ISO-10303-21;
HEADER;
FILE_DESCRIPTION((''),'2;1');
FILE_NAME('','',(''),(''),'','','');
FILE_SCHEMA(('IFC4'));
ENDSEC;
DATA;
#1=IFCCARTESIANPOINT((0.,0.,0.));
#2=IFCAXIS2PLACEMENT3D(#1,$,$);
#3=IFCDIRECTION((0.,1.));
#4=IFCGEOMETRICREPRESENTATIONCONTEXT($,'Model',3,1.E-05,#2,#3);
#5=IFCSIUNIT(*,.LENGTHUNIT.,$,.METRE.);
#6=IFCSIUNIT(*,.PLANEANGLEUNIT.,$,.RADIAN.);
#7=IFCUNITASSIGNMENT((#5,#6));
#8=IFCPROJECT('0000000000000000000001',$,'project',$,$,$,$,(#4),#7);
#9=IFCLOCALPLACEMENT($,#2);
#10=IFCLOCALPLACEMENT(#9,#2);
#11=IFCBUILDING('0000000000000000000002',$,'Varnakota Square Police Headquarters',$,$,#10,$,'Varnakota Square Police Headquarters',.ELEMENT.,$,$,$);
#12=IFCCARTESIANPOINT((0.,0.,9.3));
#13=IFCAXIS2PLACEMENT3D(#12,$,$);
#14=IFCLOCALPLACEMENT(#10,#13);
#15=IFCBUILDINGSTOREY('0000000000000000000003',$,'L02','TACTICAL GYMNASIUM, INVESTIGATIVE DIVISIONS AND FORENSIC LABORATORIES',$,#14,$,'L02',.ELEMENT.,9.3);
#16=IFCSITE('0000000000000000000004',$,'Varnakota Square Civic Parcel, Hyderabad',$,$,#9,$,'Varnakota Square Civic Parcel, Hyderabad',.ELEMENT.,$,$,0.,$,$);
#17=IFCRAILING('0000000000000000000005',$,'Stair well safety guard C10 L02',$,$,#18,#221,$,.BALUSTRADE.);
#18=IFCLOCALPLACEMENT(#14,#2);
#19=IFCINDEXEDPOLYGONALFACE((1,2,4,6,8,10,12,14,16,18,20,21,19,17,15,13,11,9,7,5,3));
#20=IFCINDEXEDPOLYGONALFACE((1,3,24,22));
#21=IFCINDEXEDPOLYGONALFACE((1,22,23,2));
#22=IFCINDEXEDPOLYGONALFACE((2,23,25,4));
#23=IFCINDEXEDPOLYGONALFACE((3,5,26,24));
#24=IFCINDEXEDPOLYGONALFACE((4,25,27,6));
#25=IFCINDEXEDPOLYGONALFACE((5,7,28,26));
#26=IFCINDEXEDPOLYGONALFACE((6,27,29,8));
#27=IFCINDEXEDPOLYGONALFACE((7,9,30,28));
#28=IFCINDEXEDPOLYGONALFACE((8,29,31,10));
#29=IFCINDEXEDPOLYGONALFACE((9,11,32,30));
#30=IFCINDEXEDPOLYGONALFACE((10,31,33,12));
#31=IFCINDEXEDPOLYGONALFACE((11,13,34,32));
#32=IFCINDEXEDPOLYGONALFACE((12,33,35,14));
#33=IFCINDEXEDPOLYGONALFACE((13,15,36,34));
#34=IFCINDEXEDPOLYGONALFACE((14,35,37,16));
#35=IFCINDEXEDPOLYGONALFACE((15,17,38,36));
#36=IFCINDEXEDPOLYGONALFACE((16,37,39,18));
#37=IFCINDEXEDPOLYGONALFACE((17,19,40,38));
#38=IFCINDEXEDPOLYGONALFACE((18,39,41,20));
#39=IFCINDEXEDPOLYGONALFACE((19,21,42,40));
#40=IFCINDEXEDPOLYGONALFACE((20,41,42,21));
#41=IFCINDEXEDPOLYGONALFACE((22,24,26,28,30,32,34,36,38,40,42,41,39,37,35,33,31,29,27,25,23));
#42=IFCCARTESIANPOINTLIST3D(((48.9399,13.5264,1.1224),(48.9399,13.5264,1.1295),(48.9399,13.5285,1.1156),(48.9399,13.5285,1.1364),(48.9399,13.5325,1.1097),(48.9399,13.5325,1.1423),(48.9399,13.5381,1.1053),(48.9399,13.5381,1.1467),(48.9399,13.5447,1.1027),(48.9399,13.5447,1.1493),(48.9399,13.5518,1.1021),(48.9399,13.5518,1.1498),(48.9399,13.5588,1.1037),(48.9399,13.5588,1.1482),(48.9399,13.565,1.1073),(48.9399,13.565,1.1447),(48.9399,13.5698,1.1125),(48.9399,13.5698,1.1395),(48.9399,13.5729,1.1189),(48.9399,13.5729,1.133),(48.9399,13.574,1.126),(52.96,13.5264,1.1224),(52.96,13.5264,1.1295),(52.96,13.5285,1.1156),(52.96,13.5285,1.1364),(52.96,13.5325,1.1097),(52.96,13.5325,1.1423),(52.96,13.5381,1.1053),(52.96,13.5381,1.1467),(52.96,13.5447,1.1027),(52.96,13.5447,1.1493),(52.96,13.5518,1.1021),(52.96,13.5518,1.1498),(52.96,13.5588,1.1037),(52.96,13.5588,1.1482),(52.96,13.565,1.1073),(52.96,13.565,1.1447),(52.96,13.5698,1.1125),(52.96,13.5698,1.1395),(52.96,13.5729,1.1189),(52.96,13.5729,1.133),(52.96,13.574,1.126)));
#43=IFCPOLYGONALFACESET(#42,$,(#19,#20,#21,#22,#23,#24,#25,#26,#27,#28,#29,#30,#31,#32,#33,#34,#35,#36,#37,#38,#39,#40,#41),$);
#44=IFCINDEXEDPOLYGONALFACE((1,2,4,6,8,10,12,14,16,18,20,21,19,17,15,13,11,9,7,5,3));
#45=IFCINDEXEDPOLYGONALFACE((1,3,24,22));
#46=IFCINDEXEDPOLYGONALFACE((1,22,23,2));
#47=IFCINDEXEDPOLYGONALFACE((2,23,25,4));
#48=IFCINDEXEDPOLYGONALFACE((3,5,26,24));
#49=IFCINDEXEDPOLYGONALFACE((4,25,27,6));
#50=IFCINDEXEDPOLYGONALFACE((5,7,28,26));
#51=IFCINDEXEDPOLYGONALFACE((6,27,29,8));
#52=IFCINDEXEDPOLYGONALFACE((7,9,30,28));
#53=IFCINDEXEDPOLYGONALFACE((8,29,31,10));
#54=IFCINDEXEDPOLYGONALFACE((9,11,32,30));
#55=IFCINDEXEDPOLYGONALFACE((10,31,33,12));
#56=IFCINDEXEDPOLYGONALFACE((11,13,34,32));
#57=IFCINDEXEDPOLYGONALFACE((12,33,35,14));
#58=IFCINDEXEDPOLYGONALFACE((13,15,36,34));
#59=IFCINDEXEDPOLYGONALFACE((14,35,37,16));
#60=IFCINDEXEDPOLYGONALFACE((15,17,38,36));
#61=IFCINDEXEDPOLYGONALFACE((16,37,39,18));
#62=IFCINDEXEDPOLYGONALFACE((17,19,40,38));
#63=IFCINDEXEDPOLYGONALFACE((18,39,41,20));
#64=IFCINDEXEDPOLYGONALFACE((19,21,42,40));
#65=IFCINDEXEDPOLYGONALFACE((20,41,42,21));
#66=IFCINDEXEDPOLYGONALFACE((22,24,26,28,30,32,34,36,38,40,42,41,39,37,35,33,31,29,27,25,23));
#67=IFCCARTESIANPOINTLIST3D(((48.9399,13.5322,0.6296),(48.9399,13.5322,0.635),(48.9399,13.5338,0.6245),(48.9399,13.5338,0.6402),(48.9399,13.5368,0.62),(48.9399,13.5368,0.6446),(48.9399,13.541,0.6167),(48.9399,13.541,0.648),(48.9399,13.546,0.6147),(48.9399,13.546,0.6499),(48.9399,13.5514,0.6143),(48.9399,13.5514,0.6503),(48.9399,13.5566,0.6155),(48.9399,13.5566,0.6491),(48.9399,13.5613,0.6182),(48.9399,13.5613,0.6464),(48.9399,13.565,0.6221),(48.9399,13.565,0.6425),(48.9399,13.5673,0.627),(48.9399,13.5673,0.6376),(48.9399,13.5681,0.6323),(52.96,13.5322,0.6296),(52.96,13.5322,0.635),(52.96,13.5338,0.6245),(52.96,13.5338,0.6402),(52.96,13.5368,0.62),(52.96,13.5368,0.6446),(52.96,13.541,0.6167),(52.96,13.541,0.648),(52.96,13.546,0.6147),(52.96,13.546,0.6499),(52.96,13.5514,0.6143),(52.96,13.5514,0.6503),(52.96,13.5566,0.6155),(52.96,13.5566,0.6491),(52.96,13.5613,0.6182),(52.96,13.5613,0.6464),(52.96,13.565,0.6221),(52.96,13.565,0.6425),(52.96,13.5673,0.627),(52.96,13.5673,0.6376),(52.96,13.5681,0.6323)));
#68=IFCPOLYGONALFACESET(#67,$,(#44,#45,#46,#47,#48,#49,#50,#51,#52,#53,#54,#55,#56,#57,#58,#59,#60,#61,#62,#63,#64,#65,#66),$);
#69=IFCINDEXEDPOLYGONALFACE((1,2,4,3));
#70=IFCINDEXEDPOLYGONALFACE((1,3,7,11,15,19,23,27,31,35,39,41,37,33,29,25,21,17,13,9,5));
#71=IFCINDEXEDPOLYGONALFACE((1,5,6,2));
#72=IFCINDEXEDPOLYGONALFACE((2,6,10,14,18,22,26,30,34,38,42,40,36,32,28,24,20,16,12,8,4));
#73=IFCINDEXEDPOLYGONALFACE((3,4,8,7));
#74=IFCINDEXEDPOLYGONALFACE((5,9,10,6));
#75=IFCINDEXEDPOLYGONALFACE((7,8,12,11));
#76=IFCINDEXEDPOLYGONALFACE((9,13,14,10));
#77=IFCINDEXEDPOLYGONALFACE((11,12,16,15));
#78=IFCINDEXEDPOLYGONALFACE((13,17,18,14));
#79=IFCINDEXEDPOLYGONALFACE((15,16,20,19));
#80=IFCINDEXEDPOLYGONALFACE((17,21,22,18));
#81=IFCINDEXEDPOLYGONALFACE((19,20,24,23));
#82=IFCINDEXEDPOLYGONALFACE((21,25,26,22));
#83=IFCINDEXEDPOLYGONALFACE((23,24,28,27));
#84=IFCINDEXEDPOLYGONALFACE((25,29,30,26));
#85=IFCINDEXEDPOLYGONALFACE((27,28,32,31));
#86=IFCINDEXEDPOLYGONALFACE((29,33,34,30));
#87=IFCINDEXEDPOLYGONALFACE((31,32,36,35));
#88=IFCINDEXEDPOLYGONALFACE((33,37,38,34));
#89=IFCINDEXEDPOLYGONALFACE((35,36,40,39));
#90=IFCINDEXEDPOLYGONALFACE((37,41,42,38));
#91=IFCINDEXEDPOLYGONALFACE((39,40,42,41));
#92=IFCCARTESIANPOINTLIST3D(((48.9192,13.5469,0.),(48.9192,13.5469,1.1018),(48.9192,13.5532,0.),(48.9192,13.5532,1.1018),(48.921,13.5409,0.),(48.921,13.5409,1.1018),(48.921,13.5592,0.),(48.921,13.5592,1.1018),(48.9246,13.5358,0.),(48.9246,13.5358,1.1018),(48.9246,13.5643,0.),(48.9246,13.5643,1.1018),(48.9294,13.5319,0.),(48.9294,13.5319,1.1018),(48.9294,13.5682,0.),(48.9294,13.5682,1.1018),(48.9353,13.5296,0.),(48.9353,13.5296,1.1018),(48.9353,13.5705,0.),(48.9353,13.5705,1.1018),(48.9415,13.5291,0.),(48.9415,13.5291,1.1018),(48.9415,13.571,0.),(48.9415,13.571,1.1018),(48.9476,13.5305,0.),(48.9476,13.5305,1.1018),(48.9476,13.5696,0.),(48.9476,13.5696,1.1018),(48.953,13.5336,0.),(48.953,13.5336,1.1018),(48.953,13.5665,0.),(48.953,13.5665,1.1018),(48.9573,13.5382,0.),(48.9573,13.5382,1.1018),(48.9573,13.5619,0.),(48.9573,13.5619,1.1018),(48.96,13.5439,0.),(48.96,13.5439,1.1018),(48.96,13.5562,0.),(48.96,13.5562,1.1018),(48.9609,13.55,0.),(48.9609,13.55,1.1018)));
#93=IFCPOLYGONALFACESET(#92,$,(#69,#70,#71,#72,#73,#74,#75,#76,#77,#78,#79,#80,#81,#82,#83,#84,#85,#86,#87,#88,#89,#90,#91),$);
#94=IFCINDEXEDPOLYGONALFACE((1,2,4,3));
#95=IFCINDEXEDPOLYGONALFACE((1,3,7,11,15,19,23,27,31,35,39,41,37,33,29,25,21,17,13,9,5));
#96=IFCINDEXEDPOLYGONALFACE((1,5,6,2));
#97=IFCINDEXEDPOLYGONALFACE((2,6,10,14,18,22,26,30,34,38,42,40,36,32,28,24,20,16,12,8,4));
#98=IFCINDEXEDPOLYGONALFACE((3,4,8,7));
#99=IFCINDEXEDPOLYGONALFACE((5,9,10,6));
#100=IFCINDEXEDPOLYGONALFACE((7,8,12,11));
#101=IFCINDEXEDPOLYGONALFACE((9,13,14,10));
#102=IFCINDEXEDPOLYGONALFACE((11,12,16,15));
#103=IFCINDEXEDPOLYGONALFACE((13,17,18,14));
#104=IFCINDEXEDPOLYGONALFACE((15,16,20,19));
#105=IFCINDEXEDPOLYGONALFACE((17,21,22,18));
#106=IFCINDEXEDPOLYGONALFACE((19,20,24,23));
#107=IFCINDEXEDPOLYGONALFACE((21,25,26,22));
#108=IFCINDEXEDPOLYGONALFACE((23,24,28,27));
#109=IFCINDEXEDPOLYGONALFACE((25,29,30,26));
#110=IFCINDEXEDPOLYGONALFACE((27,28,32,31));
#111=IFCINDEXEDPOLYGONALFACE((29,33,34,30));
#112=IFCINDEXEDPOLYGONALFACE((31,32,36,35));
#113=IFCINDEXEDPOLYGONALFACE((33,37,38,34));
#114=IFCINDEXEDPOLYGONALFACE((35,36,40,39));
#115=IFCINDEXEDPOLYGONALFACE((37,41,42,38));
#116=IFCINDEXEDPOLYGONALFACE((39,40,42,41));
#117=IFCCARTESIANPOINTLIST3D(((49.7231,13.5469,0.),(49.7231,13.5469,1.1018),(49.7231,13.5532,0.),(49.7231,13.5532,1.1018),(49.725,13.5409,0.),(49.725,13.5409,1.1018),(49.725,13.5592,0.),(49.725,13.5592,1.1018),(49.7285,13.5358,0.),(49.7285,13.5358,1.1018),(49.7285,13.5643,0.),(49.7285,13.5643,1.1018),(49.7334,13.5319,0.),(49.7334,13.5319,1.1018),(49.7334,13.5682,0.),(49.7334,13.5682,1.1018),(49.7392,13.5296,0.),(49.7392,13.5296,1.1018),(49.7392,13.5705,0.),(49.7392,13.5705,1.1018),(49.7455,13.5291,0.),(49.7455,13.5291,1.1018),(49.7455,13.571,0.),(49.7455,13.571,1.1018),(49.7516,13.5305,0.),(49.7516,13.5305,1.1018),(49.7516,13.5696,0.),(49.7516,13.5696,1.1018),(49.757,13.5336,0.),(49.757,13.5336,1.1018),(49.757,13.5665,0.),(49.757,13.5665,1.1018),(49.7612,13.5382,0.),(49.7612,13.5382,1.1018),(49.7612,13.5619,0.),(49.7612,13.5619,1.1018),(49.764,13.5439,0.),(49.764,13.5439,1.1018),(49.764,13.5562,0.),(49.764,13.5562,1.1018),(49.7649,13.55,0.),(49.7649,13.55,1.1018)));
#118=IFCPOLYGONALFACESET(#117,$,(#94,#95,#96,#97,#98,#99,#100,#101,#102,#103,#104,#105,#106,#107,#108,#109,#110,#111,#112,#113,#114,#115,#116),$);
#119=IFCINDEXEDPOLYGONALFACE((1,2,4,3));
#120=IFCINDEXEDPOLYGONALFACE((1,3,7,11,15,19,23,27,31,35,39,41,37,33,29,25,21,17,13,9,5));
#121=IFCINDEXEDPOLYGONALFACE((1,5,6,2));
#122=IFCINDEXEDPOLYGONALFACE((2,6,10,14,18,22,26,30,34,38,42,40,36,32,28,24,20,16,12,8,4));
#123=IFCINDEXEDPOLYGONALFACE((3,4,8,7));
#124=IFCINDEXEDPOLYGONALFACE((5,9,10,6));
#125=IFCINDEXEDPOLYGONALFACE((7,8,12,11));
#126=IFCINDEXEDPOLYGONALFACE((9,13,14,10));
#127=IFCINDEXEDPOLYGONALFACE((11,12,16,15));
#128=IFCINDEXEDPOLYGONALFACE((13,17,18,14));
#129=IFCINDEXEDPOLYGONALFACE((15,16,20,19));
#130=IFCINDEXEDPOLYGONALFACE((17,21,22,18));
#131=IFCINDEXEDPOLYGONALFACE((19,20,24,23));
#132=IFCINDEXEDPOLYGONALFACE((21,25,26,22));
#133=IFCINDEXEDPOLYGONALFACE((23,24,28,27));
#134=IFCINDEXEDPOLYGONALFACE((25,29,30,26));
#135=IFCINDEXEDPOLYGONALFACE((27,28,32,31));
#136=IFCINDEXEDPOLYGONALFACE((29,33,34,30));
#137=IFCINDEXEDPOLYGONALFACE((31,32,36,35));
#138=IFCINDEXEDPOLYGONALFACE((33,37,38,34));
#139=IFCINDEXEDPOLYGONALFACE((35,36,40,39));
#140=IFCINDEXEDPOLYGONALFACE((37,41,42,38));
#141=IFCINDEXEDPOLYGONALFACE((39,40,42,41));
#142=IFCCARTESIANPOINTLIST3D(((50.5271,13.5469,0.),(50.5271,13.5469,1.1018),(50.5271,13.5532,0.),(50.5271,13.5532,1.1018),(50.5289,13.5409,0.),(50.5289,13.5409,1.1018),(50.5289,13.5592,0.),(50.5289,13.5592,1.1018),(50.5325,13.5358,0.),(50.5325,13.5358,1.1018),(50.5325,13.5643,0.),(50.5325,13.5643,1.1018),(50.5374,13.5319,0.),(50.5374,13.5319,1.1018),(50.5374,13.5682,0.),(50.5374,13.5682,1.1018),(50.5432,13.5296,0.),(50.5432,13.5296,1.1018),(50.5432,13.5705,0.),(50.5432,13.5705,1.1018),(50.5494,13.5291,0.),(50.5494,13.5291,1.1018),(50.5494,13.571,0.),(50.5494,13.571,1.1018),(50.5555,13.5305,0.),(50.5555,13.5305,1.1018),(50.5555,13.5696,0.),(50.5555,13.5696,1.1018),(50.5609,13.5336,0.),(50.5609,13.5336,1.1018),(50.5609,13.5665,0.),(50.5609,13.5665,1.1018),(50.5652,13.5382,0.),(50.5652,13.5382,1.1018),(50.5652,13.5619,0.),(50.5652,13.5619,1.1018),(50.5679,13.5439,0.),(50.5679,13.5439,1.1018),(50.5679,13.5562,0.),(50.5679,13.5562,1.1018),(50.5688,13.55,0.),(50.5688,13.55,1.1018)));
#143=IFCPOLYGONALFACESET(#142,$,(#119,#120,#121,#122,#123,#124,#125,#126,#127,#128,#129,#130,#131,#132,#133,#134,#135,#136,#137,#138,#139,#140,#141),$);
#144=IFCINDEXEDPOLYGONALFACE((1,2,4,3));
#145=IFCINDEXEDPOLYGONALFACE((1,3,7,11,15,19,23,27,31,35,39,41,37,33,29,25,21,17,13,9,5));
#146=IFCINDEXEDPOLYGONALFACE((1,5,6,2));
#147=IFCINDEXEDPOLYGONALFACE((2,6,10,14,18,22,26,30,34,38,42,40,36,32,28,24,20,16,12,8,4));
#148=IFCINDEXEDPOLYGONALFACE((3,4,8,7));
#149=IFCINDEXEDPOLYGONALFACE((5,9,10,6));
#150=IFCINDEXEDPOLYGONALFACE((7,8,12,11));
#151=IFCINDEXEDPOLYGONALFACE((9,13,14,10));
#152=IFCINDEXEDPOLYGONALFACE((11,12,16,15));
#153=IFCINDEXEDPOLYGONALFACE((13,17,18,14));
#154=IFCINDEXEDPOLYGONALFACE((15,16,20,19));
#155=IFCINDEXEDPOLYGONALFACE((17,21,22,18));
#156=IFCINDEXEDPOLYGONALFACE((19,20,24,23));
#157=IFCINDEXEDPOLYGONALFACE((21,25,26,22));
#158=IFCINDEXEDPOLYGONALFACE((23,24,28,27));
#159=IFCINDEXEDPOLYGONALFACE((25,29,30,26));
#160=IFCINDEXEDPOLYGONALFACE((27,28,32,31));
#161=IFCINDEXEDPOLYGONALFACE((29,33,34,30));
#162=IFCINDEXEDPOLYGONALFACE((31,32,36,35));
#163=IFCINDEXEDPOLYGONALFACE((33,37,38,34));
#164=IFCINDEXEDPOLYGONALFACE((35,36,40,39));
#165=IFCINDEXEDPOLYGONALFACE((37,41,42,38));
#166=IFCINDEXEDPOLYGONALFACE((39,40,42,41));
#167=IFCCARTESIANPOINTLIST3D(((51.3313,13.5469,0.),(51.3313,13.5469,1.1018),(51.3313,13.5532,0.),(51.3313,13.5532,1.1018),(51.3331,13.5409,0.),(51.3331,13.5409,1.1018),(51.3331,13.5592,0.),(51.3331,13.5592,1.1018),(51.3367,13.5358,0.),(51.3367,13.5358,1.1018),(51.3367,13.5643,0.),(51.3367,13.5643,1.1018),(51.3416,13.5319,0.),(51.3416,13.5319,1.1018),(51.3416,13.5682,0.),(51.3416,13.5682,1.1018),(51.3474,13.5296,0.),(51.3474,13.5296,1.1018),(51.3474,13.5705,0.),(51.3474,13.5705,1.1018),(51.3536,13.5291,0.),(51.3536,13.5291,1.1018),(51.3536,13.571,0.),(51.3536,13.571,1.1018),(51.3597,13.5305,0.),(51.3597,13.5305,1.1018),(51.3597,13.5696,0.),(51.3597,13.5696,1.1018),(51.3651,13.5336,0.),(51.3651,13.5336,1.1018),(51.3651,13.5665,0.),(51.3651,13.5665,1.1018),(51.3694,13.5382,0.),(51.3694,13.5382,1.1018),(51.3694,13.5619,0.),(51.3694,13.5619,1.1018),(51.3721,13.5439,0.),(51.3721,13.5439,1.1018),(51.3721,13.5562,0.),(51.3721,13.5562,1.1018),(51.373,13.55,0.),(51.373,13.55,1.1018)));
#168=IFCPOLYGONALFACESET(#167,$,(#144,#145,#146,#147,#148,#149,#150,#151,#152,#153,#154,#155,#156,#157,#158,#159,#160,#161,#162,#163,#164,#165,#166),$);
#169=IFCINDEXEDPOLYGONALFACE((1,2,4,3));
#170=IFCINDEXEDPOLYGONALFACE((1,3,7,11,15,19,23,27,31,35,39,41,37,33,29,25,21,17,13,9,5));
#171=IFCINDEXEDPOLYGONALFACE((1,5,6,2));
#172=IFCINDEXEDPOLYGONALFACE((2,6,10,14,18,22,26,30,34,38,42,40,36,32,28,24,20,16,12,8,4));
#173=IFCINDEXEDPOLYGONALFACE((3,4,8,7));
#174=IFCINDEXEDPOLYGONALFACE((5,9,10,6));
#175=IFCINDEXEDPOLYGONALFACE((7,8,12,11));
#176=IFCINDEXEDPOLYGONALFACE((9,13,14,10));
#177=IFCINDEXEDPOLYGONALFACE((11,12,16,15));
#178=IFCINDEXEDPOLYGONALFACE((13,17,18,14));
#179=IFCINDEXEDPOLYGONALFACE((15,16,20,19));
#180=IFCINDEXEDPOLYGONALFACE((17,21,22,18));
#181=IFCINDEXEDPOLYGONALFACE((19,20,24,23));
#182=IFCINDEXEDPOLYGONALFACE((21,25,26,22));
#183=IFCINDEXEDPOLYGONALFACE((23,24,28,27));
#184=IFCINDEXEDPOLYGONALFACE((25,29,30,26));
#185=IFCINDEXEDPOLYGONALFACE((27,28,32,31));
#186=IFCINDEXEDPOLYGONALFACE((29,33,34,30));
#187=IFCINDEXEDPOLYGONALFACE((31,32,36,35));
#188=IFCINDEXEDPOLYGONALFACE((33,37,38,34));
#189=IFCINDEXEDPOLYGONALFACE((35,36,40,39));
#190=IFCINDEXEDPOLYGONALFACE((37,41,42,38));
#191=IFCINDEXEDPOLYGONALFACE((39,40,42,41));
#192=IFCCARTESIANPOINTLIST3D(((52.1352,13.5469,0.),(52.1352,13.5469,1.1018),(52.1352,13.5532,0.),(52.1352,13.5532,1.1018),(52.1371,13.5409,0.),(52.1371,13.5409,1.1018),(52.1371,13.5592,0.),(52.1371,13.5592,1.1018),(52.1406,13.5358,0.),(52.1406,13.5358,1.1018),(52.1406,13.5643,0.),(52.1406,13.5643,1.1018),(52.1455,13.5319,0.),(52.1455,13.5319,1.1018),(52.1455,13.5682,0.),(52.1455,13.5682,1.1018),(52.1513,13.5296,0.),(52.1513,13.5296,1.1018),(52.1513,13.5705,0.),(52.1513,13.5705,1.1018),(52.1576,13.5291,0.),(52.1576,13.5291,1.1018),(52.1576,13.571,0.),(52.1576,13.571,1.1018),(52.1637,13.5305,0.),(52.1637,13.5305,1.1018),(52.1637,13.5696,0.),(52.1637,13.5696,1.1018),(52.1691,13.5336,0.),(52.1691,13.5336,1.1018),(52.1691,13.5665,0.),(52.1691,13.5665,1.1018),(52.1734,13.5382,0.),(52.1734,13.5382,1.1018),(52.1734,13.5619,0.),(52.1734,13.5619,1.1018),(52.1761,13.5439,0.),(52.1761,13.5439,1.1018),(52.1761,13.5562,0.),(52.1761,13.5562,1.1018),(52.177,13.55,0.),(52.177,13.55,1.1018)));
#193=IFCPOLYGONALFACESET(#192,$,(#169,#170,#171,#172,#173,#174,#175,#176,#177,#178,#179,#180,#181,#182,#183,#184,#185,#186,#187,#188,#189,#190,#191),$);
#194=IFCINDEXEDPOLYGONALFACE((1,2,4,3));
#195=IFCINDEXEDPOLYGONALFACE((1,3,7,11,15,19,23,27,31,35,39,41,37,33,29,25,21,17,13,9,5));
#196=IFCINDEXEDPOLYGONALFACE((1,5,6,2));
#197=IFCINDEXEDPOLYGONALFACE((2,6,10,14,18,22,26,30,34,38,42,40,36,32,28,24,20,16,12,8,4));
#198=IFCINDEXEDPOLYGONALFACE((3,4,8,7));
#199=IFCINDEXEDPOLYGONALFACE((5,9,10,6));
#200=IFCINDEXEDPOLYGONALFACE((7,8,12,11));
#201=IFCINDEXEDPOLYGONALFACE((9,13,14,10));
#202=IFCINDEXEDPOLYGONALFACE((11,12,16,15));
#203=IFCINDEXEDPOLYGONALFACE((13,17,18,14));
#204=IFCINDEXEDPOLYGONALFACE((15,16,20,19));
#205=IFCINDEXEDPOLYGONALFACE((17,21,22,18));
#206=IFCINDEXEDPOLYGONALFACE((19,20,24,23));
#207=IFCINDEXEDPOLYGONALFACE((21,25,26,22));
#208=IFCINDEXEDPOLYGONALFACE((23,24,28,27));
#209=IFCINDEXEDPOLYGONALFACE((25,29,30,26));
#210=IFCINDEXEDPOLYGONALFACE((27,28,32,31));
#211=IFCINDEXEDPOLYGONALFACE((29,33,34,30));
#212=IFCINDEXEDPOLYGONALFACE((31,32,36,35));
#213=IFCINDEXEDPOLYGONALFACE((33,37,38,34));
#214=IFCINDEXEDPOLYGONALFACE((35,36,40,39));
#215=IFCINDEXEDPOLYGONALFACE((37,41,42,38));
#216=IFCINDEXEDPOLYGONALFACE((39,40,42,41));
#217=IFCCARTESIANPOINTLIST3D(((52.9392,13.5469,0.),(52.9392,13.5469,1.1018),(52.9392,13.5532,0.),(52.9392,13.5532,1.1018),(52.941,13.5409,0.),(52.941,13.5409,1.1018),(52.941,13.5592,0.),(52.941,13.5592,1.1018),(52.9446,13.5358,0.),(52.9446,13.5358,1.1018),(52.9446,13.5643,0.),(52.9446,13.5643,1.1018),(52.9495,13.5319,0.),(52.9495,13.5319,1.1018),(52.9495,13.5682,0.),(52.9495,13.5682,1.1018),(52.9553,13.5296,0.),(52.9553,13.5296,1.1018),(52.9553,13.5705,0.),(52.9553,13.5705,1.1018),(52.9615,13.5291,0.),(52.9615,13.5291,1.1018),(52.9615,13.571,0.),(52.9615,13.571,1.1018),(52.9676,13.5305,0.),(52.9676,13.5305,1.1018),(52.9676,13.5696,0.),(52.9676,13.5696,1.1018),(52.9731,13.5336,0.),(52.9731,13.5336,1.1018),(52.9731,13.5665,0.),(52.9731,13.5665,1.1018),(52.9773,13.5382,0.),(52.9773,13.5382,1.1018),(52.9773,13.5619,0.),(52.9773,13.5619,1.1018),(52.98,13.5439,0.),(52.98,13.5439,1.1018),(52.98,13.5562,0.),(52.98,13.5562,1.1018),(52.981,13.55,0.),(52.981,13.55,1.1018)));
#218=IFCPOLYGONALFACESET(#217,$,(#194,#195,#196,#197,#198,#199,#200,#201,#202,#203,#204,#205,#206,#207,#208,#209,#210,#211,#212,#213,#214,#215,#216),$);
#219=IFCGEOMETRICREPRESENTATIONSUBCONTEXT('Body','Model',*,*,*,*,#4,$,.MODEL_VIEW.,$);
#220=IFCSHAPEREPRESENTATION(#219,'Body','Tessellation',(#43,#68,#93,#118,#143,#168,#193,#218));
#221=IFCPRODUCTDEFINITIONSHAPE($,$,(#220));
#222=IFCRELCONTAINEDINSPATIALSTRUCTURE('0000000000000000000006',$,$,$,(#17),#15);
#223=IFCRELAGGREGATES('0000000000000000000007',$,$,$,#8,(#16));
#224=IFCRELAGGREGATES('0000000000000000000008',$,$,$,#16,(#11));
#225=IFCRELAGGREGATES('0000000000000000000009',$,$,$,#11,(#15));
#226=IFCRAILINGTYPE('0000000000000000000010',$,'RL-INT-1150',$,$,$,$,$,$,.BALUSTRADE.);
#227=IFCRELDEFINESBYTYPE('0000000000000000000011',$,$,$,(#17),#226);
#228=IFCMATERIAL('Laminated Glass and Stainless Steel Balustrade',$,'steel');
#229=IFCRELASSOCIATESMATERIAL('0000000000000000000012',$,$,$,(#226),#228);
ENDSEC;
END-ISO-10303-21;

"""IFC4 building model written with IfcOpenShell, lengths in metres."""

from ifc_helpers import new_model, si_unit, direction, frame, origin, origin_2d, place, context, subcontext, project, spatial, circle, extrude, material, type_object, element, save


model = new_model("IFC4")

# Units and contexts
model_context = context("Model", 3, precision=1e-05, world=origin(), true_north=direction((0.0, 1.0)))
body_context = subcontext(model_context, "Body", "Model", "MODEL_VIEW")
ifc_project = project(units=[si_unit("LENGTHUNIT", "METRE"), si_unit("PLANEANGLEUNIT", "RADIAN")], contexts=[model_context])

# Site, building, storey
site_placement = place(None, origin())
site = spatial("IfcSite", under=ifc_project, at=site_placement, Name="Varnakota Square Civic Parcel, Hyderabad", LongName="Varnakota Square Civic Parcel, Hyderabad", CompositionType="ELEMENT", RefElevation=0.0)
building_placement = place(site_placement, origin())
building = spatial("IfcBuilding", under=site, at=building_placement, Name="Varnakota Square Police Headquarters", LongName="Varnakota Square Police Headquarters", CompositionType="ELEMENT")
storey_placement = place(building_placement, frame((0.0, 0.0, 9.3)))
storey = spatial("IfcBuildingStorey", under=building, at=storey_placement, Name="L02", Description="TACTICAL GYMNASIUM, INVESTIGATIVE DIVISIONS AND FORENSIC LABORATORIES", LongName="L02", CompositionType="ELEMENT", Elevation=9.3)

# Railing
ifc_material_1 = material(Name="Laminated Glass and Stainless Steel Balustrade", Category="steel")
railing_type_1 = type_object("IfcRailingType", Name="RL-INT-1150", PredefinedType="BALUSTRADE", material=ifc_material_1)
railing_1_placement = place(storey_placement, frame((48.9399, 13.55, 0.0)))
element("IfcRailing", 1, at=railing_1_placement, inside=storey, type_object=railing_type_1, Name="Stair well safety guard C10 L02", PredefinedType="BALUSTRADE", context=body_context, shape_type="SweptSolid", body=[
    extrude(circle(Radius=0.0239, at=origin_2d()), frame((0.0, 0.0, 1.126), z_axis=(1.0, 0.0, 0.0), x_axis=(0.0, 1.0, 0.0)), (0.0, 0.0, 1.0), 4.02),
    extrude(circle(Radius=0.0181, at=origin_2d()), frame((0.0, 0.0, 0.6323), z_axis=(1.0, 0.0, 0.0), x_axis=(0.0, 1.0, 0.0)), (0.0, 0.0, 1.0), 4.02),
    extrude(circle(Radius=0.021, at=origin_2d()), origin(), (0.0, 0.0, 1.0), 1.1018),
    extrude(circle(Radius=0.021, at=origin_2d()), frame((0.804, 0.0, 0.0)), (0.0, 0.0, 1.0), 1.1018),
    extrude(circle(Radius=0.021, at=origin_2d()), frame((1.6079, 0.0, 0.0)), (0.0, 0.0, 1.0), 1.1018),
    extrude(circle(Radius=0.021, at=origin_2d()), frame((2.4121, 0.0, 0.0)), (0.0, 0.0, 1.0), 1.1018),
    extrude(circle(Radius=0.021, at=origin_2d()), frame((3.2161, 0.0, 0.0)), (0.0, 0.0, 1.0), 1.1018),
    extrude(circle(Radius=0.021, at=origin_2d()), frame((4.02, 0.0, 0.0)), (0.0, 0.0, 1.0), 1.1018),
])

save(model, "model.ifc")
